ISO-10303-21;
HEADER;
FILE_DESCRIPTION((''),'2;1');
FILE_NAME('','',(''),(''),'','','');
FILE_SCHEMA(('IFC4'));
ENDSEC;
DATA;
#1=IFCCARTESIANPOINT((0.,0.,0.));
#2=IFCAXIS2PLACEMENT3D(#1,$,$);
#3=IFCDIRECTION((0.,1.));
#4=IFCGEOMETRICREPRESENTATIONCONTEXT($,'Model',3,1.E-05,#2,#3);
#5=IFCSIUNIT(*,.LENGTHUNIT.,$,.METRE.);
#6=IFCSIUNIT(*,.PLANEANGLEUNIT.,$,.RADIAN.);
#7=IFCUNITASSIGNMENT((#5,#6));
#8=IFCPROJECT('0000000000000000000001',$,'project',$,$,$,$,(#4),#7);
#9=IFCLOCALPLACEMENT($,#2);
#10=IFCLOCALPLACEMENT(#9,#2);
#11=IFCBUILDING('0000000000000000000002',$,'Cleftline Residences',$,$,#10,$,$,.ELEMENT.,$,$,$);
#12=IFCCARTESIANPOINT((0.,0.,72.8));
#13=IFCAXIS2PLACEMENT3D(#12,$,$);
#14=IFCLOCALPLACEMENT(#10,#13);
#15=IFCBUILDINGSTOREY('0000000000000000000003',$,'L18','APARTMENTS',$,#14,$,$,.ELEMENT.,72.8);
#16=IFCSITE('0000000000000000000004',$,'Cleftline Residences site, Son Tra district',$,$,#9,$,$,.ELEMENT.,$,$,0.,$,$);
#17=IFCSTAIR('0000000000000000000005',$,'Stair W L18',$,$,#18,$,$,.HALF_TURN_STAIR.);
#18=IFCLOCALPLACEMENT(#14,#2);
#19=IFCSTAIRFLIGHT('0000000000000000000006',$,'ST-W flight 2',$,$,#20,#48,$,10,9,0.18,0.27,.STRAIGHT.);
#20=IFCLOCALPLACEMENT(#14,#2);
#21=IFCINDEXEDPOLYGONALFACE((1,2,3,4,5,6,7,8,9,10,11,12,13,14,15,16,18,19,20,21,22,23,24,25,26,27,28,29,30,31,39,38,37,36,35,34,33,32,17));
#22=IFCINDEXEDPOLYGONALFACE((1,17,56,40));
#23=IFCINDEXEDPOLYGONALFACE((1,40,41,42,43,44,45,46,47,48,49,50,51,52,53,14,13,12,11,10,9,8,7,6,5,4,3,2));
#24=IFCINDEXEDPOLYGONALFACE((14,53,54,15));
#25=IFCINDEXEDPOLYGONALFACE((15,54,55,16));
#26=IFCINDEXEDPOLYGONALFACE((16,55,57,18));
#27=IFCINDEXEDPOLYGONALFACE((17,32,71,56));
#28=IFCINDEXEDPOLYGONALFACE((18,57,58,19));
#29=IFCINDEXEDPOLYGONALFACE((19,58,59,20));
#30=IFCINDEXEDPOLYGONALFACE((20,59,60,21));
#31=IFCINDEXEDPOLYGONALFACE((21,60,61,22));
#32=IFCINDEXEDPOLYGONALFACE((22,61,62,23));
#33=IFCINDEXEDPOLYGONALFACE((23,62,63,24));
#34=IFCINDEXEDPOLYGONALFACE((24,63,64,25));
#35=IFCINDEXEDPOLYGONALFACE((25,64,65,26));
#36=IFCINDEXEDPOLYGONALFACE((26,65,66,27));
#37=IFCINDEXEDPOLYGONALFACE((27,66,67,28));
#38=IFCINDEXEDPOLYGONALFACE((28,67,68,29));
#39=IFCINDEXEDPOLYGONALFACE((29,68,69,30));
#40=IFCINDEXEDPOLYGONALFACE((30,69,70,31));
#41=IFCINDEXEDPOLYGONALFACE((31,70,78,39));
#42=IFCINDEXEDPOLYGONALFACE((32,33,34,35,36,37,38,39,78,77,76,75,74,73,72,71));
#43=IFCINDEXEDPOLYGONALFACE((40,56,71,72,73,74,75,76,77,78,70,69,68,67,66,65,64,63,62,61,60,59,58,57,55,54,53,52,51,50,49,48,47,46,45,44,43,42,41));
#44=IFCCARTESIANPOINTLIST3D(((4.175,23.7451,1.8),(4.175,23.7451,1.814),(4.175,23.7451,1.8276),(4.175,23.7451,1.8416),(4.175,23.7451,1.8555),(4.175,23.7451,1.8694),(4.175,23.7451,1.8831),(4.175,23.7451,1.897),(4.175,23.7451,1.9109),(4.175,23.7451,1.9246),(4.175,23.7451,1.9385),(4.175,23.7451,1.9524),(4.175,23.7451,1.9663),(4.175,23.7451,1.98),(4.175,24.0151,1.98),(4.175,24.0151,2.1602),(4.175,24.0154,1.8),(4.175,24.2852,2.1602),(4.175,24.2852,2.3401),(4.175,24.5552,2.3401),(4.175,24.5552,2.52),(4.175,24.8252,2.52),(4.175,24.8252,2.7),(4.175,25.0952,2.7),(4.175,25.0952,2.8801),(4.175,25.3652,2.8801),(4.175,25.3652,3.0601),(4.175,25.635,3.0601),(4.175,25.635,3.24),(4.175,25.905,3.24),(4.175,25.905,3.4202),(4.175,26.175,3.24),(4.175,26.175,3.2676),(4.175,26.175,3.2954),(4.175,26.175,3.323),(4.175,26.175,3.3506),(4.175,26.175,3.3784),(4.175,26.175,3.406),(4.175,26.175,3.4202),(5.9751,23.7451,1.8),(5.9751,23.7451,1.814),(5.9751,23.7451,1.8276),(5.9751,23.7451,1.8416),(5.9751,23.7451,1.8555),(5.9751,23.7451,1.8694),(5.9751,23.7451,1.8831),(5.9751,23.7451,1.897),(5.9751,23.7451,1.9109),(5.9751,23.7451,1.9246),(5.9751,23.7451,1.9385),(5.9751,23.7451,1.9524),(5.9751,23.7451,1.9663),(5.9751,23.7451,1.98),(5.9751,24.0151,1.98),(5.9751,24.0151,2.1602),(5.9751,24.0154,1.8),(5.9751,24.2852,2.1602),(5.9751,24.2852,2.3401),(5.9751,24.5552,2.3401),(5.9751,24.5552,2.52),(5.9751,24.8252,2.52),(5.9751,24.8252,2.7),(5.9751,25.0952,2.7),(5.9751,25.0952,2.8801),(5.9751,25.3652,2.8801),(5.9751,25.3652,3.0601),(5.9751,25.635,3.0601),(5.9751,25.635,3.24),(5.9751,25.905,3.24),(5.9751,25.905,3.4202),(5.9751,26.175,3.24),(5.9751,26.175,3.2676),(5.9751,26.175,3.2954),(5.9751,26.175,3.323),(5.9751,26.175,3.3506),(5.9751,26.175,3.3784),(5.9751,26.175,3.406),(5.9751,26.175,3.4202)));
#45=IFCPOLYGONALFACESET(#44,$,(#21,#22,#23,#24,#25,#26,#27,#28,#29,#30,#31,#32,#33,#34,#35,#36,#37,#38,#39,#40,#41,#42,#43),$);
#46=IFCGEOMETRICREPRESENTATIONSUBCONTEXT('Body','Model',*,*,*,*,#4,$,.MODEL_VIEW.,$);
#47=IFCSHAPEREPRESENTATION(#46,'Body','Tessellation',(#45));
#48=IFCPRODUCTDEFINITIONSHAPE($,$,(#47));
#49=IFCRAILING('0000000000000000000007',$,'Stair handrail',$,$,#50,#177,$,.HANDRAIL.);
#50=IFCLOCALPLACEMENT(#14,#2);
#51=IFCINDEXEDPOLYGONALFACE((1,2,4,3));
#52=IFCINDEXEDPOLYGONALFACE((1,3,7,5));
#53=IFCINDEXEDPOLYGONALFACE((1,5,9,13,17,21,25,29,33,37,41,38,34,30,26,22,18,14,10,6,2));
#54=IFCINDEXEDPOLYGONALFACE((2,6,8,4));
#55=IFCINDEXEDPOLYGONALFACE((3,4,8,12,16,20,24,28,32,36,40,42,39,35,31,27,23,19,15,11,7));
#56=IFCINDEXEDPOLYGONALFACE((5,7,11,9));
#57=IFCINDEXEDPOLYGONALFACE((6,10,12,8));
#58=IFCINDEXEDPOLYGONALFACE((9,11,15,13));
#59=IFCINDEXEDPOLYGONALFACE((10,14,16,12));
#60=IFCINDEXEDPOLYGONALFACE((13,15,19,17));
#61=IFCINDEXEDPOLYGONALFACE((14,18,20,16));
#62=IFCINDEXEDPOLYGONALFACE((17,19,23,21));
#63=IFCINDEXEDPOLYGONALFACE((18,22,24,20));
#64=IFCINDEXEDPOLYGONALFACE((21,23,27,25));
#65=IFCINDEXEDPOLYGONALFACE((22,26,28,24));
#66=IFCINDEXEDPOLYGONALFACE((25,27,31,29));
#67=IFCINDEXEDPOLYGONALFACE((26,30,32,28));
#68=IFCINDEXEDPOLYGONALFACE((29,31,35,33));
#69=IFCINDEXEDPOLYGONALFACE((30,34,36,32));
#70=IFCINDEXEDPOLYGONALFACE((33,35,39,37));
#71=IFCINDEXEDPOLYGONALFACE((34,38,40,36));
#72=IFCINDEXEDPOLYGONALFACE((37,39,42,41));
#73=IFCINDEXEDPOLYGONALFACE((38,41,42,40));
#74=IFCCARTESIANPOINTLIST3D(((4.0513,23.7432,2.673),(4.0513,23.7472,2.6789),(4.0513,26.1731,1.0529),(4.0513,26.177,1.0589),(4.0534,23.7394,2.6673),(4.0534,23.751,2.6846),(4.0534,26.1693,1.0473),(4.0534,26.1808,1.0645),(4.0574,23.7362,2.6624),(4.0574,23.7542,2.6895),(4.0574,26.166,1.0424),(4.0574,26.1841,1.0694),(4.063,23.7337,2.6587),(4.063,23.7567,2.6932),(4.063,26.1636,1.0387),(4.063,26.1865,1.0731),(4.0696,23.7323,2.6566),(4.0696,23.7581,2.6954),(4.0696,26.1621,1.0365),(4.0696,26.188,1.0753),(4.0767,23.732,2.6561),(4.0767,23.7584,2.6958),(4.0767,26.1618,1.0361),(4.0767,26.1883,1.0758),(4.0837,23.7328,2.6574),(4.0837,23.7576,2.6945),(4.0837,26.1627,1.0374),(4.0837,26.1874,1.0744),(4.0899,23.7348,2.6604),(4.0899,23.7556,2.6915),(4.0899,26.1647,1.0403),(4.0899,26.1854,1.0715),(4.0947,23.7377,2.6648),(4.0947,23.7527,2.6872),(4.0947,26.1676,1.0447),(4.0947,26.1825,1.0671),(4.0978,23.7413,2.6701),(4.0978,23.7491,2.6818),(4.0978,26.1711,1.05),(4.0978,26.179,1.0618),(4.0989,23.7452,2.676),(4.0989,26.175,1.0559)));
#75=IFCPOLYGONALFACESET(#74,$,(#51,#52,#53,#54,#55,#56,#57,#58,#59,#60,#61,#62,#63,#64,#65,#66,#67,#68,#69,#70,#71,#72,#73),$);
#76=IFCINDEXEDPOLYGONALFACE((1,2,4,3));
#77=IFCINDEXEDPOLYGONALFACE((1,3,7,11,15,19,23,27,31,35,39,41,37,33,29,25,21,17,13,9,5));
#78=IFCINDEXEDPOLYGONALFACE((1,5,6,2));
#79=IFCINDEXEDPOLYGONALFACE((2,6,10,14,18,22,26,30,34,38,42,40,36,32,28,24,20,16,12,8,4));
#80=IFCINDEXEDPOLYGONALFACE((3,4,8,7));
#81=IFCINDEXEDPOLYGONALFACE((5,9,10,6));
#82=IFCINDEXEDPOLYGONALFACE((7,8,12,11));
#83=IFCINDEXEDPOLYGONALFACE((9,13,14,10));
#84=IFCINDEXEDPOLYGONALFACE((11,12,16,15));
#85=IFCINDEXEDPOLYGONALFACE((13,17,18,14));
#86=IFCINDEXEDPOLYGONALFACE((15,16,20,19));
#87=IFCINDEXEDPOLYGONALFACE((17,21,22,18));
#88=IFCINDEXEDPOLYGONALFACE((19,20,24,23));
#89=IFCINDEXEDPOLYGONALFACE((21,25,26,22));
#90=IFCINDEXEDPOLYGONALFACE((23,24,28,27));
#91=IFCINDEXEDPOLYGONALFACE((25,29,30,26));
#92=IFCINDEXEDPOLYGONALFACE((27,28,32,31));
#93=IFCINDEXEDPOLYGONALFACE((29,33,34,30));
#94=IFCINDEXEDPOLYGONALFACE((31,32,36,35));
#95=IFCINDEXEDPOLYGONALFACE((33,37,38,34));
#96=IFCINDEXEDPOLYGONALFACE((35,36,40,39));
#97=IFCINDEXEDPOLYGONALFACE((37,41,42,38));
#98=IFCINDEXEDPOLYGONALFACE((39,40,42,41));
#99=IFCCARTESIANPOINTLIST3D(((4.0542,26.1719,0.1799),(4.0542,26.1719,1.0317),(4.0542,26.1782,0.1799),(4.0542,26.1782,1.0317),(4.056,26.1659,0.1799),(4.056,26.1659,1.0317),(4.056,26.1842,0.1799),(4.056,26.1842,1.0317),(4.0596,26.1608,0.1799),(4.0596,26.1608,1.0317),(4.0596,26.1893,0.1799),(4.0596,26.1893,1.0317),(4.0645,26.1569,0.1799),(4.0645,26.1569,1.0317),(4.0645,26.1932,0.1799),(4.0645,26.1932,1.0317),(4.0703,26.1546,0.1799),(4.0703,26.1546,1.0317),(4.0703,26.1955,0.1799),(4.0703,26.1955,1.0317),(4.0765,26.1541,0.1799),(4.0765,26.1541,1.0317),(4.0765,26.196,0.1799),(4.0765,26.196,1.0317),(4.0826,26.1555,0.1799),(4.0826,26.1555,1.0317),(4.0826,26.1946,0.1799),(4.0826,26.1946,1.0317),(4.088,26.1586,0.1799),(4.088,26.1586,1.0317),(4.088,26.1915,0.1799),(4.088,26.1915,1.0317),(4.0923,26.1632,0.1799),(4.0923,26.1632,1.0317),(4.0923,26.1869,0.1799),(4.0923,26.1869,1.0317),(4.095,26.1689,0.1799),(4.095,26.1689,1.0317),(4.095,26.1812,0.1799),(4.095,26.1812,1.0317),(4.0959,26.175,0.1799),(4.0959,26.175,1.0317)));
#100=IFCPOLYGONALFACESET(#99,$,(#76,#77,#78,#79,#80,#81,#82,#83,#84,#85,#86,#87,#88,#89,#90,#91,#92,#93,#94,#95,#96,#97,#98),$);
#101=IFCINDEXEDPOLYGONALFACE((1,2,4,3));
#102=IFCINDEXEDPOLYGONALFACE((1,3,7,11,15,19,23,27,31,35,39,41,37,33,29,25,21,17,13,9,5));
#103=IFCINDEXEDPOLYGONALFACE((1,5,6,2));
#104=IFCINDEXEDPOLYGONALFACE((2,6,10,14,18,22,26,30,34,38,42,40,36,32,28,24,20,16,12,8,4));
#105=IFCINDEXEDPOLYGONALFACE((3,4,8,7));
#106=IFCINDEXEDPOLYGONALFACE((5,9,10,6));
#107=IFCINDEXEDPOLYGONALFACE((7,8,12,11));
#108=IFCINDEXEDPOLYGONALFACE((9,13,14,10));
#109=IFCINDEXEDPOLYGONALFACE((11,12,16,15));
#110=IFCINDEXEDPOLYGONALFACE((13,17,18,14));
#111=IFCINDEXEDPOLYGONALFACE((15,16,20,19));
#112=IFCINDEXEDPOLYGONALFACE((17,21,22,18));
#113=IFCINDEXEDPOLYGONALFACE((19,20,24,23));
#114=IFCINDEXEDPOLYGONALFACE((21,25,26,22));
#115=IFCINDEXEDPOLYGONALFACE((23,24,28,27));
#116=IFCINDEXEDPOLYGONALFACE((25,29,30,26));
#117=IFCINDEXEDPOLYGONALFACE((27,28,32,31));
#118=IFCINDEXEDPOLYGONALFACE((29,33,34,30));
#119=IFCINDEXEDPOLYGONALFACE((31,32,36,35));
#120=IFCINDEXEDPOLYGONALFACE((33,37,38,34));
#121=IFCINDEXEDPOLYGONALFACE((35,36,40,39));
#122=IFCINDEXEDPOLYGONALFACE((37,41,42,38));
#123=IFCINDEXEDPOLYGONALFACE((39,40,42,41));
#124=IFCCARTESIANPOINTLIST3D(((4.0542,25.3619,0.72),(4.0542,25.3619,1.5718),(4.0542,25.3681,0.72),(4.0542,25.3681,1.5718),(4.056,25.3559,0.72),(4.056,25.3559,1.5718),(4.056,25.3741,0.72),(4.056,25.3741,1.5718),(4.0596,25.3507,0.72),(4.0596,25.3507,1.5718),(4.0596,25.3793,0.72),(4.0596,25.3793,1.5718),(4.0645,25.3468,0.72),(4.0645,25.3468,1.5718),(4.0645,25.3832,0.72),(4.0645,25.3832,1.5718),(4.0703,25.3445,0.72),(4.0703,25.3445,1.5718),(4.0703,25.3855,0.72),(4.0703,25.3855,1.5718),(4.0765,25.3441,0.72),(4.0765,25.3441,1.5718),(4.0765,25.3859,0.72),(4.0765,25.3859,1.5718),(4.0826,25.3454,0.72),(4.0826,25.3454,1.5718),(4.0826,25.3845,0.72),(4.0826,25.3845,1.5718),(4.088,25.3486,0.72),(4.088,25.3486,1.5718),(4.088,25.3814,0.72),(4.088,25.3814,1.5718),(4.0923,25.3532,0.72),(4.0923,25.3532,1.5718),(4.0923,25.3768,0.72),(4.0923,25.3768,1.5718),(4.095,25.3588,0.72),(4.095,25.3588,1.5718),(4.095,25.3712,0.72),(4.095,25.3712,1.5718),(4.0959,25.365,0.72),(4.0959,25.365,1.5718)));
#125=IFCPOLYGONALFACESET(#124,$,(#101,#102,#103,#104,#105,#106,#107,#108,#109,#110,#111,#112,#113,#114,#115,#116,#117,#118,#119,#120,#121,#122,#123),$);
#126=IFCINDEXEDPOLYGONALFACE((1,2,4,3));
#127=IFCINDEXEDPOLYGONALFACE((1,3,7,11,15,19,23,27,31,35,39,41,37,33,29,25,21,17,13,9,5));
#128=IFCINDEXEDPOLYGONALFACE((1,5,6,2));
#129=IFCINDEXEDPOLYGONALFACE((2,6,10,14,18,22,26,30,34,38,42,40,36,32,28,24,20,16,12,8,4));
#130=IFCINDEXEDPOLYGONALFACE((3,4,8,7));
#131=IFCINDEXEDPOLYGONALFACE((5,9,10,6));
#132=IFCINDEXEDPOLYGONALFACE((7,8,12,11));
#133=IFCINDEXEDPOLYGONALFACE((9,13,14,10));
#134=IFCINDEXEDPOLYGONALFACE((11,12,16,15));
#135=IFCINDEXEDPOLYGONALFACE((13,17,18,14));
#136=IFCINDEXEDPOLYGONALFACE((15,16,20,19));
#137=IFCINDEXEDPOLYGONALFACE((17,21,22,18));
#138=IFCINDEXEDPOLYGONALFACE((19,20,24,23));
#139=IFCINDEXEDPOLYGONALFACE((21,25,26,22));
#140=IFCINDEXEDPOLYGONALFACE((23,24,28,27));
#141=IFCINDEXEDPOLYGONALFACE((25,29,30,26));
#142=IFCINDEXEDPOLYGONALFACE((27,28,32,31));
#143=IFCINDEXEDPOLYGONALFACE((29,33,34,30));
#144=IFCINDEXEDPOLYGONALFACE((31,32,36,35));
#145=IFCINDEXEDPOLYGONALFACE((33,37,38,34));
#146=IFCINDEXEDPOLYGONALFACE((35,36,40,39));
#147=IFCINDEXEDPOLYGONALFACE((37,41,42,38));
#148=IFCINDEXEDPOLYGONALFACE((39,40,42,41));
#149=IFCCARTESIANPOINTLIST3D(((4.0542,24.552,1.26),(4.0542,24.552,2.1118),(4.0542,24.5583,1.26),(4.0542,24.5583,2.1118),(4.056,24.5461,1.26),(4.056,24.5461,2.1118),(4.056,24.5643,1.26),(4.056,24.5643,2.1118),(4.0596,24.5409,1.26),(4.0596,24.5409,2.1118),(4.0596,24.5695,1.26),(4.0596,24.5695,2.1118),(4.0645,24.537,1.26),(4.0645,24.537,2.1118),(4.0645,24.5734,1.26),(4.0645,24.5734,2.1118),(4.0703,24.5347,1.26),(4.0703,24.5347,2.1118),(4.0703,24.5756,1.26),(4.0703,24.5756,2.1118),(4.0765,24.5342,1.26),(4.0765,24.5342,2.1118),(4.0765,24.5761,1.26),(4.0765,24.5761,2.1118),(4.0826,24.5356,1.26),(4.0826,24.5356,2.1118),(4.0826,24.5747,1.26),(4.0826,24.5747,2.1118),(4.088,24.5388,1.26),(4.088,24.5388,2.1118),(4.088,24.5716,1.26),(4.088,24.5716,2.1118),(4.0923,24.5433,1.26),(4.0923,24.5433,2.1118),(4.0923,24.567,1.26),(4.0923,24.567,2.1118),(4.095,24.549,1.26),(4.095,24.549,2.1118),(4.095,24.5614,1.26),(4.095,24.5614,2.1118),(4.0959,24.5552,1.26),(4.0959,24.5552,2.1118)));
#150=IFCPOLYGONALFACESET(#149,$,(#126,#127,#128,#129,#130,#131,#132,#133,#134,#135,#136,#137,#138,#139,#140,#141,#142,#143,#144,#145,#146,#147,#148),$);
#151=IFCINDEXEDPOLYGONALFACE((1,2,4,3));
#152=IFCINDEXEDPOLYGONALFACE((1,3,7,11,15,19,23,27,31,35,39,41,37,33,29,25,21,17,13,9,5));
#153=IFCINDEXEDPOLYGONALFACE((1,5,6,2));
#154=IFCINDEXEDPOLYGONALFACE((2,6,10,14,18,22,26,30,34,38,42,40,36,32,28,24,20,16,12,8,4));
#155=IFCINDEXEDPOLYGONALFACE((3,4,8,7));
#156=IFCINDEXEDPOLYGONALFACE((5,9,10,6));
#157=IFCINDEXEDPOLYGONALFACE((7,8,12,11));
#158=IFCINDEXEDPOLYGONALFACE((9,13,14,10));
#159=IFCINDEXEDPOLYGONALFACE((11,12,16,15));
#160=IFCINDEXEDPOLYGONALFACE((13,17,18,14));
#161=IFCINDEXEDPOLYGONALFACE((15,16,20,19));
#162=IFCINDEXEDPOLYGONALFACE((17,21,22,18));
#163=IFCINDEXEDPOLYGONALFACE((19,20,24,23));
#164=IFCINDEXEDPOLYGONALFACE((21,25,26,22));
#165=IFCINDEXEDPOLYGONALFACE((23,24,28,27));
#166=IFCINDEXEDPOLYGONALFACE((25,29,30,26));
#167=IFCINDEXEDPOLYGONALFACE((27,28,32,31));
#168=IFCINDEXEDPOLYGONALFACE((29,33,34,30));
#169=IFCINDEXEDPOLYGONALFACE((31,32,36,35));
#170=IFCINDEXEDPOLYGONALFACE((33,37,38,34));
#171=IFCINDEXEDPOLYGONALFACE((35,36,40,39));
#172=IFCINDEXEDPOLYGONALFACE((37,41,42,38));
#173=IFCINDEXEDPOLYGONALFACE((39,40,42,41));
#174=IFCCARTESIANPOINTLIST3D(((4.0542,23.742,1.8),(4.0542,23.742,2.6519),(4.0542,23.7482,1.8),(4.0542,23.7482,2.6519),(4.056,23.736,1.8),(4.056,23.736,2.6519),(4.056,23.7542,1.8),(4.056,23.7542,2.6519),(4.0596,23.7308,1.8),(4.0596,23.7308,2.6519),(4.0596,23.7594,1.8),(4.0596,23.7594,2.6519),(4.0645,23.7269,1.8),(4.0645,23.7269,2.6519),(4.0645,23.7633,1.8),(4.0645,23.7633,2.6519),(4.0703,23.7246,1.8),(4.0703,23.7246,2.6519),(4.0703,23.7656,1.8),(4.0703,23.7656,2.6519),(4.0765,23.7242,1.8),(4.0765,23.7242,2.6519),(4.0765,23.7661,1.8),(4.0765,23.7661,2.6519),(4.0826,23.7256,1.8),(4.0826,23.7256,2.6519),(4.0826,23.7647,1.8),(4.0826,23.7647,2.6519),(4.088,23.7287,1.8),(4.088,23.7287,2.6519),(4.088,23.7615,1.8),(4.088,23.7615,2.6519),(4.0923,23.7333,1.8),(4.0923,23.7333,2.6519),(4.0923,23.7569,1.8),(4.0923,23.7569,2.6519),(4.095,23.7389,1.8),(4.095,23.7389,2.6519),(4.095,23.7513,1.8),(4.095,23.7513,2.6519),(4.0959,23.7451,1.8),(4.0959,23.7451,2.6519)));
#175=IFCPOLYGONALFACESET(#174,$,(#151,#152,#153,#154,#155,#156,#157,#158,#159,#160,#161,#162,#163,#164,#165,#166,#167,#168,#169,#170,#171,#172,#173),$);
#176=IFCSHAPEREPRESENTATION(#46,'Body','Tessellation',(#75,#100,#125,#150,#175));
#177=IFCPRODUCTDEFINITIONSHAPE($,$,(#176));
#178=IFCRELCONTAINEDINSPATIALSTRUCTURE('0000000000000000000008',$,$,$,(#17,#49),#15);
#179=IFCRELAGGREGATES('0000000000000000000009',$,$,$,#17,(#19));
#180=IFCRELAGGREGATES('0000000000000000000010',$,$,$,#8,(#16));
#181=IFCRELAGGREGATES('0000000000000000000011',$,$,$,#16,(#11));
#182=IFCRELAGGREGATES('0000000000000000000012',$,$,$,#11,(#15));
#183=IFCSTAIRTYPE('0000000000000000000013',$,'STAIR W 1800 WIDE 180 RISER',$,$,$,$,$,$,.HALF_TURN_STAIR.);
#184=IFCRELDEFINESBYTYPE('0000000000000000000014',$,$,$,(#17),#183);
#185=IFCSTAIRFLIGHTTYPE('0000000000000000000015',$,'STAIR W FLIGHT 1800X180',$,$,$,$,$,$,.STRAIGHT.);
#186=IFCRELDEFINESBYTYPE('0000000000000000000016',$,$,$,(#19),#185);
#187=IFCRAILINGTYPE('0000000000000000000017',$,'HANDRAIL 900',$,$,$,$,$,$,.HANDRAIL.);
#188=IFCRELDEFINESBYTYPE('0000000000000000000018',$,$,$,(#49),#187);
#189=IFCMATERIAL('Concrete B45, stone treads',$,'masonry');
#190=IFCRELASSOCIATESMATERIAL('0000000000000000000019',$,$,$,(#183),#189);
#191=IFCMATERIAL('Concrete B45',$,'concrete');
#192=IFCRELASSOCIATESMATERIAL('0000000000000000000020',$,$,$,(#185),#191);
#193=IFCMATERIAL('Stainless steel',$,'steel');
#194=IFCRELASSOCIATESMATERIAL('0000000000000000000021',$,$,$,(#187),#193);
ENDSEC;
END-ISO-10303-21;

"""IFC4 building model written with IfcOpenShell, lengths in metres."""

from ifc_helpers import new_model, si_unit, direction, frame, origin, origin_2d, place, context, subcontext, project, spatial, polyline, circle, outline, extrude, material, type_object, element, aggregate, save


model = new_model("IFC4")

# Units and contexts
model_context = context("Model", 3, precision=1e-05, world=origin(), true_north=direction((0.0, 1.0)))
body_context = subcontext(model_context, "Body", "Model", "MODEL_VIEW")
ifc_project = project(units=[si_unit("LENGTHUNIT", "METRE"), si_unit("PLANEANGLEUNIT", "RADIAN")], contexts=[model_context])

# Site, building, storey
site_placement = place(None, origin())
site = spatial("IfcSite", under=ifc_project, at=site_placement, Name="Cleftline Residences site, Son Tra district", CompositionType="ELEMENT", RefElevation=0.0)
building_placement = place(site_placement, origin())
building = spatial("IfcBuilding", under=site, at=building_placement, Name="Cleftline Residences", CompositionType="ELEMENT")
storey_placement = place(building_placement, frame((0.0, 0.0, 72.8)))
storey = spatial("IfcBuildingStorey", under=building, at=storey_placement, Name="L18", Description="APARTMENTS", CompositionType="ELEMENT", Elevation=72.8)

# Stair, stair flight
ifc_material_1 = material(Name="Concrete B45, stone treads", Category="masonry")
stair_type = type_object("IfcStairType", Name="STAIR W 1800 WIDE 180 RISER", PredefinedType="HALF_TURN_STAIR", material=ifc_material_1)
stair_placement = place(storey_placement, origin())
stair = element("IfcStair", 1, at=stair_placement, inside=storey, type_object=stair_type, Name="Stair W L18", PredefinedType="HALF_TURN_STAIR")
ifc_material_2 = material(Name="Concrete B45", Category="concrete")
stair_flight_type = type_object("IfcStairFlightType", Name="STAIR W FLIGHT 1800X180", PredefinedType="STRAIGHT", material=ifc_material_2)
stair_flight_1_placement = place(storey_placement, frame((5.075, 23.7451, 1.8), z_axis=(0.0, 0.0, 1.0), x_axis=(0.0, 1.0, 0.0)))
stair_flight_1 = element("IfcStairFlight", 2, at=stair_flight_1_placement, type_object=stair_flight_type, Name="ST-W flight 2", NumberOfRisers=10, NumberOfTreads=9, PredefinedType="STRAIGHT", RiserHeight=0.18, TreadLength=0.27, context=body_context, shape_type="SweptSolid", body=[
    extrude(outline(polyline([(0.0, 0.0), (0.0, 0.0139), (0.0, 0.0276), (0.0, 0.0415), (0.0, 0.0554), (0.0, 0.0693), (0.0, 0.083), (0.0, 0.0969), (0.0, 0.1108), (0.0, 0.1245), (0.0, 0.1384), (0.0, 0.1523), (0.0, 0.1663), (0.0, 0.1799), (0.27, 0.1799), (0.27, 0.3601), (0.54, 0.3601), (0.54, 0.54), (0.8101, 0.54), (0.8101, 0.72), (1.0801, 0.72), (1.0801, 0.8999), (1.3501, 0.8999), (1.3501, 1.0801), (1.6201, 1.0801), (1.6201, 1.26), (1.8899, 1.26), (1.8899, 1.4399), (2.1599, 1.4399), (2.1599, 1.6201), (2.4299, 1.6201), (2.4299, 1.8), (2.4299, 1.7722), (2.4299, 1.7446), (2.4299, 1.7168), (2.4299, 1.6892), (2.4299, 1.6614), (2.4299, 1.6338), (2.4299, 1.606), (2.4299, 1.5784), (2.4299, 1.5505), (2.4299, 1.5229), (2.4299, 1.4954), (2.4299, 1.4675), (2.4299, 1.4399), (0.2703, 0.0), (0.0, 0.0)])), frame((0.0, 0.8999, 0.0), z_axis=(0.0, -1.0, 0.0), x_axis=(1.0, 0.0, 0.0)), (0.0, 0.0, 1.0), 1.8),
])
aggregate(stair, [stair_flight_1])

# Railing
ifc_material_3 = material(Name="Stainless steel", Category="steel")
railing_type = type_object("IfcRailingType", Name="HANDRAIL 900", PredefinedType="HANDRAIL", material=ifc_material_3)
railing_1_placement = place(storey_placement, frame((4.075, 26.175, 0.1799)))
element("IfcRailing", 3, at=railing_1_placement, inside=storey, type_object=railing_type, Name="Stair handrail", PredefinedType="HANDRAIL", context=body_context, shape_type="SweptSolid", body=[
    extrude(circle(Radius=0.0239, at=origin_2d()), frame((0.0, 0.0, 0.876), z_axis=(0.0, -0.832025, 0.554739), x_axis=(1.0, 0.0, 0.0)), (0.0, 0.0, 1.0), 2.9204),
    extrude(circle(Radius=0.021, at=origin_2d()), origin(), (0.0, 0.0, 1.0), 0.8518),
    extrude(circle(Radius=0.021, at=origin_2d()), frame((0.0, -0.8101, 0.54)), (0.0, 0.0, 1.0), 0.8518),
    extrude(circle(Radius=0.021, at=origin_2d()), frame((0.0, -1.6199, 1.0801)), (0.0, 0.0, 1.0), 0.8518),
    extrude(circle(Radius=0.021, at=origin_2d()), frame((0.0, -2.4299, 1.6201)), (0.0, 0.0, 1.0), 0.8518),
])

save(model, "model.ifc")
